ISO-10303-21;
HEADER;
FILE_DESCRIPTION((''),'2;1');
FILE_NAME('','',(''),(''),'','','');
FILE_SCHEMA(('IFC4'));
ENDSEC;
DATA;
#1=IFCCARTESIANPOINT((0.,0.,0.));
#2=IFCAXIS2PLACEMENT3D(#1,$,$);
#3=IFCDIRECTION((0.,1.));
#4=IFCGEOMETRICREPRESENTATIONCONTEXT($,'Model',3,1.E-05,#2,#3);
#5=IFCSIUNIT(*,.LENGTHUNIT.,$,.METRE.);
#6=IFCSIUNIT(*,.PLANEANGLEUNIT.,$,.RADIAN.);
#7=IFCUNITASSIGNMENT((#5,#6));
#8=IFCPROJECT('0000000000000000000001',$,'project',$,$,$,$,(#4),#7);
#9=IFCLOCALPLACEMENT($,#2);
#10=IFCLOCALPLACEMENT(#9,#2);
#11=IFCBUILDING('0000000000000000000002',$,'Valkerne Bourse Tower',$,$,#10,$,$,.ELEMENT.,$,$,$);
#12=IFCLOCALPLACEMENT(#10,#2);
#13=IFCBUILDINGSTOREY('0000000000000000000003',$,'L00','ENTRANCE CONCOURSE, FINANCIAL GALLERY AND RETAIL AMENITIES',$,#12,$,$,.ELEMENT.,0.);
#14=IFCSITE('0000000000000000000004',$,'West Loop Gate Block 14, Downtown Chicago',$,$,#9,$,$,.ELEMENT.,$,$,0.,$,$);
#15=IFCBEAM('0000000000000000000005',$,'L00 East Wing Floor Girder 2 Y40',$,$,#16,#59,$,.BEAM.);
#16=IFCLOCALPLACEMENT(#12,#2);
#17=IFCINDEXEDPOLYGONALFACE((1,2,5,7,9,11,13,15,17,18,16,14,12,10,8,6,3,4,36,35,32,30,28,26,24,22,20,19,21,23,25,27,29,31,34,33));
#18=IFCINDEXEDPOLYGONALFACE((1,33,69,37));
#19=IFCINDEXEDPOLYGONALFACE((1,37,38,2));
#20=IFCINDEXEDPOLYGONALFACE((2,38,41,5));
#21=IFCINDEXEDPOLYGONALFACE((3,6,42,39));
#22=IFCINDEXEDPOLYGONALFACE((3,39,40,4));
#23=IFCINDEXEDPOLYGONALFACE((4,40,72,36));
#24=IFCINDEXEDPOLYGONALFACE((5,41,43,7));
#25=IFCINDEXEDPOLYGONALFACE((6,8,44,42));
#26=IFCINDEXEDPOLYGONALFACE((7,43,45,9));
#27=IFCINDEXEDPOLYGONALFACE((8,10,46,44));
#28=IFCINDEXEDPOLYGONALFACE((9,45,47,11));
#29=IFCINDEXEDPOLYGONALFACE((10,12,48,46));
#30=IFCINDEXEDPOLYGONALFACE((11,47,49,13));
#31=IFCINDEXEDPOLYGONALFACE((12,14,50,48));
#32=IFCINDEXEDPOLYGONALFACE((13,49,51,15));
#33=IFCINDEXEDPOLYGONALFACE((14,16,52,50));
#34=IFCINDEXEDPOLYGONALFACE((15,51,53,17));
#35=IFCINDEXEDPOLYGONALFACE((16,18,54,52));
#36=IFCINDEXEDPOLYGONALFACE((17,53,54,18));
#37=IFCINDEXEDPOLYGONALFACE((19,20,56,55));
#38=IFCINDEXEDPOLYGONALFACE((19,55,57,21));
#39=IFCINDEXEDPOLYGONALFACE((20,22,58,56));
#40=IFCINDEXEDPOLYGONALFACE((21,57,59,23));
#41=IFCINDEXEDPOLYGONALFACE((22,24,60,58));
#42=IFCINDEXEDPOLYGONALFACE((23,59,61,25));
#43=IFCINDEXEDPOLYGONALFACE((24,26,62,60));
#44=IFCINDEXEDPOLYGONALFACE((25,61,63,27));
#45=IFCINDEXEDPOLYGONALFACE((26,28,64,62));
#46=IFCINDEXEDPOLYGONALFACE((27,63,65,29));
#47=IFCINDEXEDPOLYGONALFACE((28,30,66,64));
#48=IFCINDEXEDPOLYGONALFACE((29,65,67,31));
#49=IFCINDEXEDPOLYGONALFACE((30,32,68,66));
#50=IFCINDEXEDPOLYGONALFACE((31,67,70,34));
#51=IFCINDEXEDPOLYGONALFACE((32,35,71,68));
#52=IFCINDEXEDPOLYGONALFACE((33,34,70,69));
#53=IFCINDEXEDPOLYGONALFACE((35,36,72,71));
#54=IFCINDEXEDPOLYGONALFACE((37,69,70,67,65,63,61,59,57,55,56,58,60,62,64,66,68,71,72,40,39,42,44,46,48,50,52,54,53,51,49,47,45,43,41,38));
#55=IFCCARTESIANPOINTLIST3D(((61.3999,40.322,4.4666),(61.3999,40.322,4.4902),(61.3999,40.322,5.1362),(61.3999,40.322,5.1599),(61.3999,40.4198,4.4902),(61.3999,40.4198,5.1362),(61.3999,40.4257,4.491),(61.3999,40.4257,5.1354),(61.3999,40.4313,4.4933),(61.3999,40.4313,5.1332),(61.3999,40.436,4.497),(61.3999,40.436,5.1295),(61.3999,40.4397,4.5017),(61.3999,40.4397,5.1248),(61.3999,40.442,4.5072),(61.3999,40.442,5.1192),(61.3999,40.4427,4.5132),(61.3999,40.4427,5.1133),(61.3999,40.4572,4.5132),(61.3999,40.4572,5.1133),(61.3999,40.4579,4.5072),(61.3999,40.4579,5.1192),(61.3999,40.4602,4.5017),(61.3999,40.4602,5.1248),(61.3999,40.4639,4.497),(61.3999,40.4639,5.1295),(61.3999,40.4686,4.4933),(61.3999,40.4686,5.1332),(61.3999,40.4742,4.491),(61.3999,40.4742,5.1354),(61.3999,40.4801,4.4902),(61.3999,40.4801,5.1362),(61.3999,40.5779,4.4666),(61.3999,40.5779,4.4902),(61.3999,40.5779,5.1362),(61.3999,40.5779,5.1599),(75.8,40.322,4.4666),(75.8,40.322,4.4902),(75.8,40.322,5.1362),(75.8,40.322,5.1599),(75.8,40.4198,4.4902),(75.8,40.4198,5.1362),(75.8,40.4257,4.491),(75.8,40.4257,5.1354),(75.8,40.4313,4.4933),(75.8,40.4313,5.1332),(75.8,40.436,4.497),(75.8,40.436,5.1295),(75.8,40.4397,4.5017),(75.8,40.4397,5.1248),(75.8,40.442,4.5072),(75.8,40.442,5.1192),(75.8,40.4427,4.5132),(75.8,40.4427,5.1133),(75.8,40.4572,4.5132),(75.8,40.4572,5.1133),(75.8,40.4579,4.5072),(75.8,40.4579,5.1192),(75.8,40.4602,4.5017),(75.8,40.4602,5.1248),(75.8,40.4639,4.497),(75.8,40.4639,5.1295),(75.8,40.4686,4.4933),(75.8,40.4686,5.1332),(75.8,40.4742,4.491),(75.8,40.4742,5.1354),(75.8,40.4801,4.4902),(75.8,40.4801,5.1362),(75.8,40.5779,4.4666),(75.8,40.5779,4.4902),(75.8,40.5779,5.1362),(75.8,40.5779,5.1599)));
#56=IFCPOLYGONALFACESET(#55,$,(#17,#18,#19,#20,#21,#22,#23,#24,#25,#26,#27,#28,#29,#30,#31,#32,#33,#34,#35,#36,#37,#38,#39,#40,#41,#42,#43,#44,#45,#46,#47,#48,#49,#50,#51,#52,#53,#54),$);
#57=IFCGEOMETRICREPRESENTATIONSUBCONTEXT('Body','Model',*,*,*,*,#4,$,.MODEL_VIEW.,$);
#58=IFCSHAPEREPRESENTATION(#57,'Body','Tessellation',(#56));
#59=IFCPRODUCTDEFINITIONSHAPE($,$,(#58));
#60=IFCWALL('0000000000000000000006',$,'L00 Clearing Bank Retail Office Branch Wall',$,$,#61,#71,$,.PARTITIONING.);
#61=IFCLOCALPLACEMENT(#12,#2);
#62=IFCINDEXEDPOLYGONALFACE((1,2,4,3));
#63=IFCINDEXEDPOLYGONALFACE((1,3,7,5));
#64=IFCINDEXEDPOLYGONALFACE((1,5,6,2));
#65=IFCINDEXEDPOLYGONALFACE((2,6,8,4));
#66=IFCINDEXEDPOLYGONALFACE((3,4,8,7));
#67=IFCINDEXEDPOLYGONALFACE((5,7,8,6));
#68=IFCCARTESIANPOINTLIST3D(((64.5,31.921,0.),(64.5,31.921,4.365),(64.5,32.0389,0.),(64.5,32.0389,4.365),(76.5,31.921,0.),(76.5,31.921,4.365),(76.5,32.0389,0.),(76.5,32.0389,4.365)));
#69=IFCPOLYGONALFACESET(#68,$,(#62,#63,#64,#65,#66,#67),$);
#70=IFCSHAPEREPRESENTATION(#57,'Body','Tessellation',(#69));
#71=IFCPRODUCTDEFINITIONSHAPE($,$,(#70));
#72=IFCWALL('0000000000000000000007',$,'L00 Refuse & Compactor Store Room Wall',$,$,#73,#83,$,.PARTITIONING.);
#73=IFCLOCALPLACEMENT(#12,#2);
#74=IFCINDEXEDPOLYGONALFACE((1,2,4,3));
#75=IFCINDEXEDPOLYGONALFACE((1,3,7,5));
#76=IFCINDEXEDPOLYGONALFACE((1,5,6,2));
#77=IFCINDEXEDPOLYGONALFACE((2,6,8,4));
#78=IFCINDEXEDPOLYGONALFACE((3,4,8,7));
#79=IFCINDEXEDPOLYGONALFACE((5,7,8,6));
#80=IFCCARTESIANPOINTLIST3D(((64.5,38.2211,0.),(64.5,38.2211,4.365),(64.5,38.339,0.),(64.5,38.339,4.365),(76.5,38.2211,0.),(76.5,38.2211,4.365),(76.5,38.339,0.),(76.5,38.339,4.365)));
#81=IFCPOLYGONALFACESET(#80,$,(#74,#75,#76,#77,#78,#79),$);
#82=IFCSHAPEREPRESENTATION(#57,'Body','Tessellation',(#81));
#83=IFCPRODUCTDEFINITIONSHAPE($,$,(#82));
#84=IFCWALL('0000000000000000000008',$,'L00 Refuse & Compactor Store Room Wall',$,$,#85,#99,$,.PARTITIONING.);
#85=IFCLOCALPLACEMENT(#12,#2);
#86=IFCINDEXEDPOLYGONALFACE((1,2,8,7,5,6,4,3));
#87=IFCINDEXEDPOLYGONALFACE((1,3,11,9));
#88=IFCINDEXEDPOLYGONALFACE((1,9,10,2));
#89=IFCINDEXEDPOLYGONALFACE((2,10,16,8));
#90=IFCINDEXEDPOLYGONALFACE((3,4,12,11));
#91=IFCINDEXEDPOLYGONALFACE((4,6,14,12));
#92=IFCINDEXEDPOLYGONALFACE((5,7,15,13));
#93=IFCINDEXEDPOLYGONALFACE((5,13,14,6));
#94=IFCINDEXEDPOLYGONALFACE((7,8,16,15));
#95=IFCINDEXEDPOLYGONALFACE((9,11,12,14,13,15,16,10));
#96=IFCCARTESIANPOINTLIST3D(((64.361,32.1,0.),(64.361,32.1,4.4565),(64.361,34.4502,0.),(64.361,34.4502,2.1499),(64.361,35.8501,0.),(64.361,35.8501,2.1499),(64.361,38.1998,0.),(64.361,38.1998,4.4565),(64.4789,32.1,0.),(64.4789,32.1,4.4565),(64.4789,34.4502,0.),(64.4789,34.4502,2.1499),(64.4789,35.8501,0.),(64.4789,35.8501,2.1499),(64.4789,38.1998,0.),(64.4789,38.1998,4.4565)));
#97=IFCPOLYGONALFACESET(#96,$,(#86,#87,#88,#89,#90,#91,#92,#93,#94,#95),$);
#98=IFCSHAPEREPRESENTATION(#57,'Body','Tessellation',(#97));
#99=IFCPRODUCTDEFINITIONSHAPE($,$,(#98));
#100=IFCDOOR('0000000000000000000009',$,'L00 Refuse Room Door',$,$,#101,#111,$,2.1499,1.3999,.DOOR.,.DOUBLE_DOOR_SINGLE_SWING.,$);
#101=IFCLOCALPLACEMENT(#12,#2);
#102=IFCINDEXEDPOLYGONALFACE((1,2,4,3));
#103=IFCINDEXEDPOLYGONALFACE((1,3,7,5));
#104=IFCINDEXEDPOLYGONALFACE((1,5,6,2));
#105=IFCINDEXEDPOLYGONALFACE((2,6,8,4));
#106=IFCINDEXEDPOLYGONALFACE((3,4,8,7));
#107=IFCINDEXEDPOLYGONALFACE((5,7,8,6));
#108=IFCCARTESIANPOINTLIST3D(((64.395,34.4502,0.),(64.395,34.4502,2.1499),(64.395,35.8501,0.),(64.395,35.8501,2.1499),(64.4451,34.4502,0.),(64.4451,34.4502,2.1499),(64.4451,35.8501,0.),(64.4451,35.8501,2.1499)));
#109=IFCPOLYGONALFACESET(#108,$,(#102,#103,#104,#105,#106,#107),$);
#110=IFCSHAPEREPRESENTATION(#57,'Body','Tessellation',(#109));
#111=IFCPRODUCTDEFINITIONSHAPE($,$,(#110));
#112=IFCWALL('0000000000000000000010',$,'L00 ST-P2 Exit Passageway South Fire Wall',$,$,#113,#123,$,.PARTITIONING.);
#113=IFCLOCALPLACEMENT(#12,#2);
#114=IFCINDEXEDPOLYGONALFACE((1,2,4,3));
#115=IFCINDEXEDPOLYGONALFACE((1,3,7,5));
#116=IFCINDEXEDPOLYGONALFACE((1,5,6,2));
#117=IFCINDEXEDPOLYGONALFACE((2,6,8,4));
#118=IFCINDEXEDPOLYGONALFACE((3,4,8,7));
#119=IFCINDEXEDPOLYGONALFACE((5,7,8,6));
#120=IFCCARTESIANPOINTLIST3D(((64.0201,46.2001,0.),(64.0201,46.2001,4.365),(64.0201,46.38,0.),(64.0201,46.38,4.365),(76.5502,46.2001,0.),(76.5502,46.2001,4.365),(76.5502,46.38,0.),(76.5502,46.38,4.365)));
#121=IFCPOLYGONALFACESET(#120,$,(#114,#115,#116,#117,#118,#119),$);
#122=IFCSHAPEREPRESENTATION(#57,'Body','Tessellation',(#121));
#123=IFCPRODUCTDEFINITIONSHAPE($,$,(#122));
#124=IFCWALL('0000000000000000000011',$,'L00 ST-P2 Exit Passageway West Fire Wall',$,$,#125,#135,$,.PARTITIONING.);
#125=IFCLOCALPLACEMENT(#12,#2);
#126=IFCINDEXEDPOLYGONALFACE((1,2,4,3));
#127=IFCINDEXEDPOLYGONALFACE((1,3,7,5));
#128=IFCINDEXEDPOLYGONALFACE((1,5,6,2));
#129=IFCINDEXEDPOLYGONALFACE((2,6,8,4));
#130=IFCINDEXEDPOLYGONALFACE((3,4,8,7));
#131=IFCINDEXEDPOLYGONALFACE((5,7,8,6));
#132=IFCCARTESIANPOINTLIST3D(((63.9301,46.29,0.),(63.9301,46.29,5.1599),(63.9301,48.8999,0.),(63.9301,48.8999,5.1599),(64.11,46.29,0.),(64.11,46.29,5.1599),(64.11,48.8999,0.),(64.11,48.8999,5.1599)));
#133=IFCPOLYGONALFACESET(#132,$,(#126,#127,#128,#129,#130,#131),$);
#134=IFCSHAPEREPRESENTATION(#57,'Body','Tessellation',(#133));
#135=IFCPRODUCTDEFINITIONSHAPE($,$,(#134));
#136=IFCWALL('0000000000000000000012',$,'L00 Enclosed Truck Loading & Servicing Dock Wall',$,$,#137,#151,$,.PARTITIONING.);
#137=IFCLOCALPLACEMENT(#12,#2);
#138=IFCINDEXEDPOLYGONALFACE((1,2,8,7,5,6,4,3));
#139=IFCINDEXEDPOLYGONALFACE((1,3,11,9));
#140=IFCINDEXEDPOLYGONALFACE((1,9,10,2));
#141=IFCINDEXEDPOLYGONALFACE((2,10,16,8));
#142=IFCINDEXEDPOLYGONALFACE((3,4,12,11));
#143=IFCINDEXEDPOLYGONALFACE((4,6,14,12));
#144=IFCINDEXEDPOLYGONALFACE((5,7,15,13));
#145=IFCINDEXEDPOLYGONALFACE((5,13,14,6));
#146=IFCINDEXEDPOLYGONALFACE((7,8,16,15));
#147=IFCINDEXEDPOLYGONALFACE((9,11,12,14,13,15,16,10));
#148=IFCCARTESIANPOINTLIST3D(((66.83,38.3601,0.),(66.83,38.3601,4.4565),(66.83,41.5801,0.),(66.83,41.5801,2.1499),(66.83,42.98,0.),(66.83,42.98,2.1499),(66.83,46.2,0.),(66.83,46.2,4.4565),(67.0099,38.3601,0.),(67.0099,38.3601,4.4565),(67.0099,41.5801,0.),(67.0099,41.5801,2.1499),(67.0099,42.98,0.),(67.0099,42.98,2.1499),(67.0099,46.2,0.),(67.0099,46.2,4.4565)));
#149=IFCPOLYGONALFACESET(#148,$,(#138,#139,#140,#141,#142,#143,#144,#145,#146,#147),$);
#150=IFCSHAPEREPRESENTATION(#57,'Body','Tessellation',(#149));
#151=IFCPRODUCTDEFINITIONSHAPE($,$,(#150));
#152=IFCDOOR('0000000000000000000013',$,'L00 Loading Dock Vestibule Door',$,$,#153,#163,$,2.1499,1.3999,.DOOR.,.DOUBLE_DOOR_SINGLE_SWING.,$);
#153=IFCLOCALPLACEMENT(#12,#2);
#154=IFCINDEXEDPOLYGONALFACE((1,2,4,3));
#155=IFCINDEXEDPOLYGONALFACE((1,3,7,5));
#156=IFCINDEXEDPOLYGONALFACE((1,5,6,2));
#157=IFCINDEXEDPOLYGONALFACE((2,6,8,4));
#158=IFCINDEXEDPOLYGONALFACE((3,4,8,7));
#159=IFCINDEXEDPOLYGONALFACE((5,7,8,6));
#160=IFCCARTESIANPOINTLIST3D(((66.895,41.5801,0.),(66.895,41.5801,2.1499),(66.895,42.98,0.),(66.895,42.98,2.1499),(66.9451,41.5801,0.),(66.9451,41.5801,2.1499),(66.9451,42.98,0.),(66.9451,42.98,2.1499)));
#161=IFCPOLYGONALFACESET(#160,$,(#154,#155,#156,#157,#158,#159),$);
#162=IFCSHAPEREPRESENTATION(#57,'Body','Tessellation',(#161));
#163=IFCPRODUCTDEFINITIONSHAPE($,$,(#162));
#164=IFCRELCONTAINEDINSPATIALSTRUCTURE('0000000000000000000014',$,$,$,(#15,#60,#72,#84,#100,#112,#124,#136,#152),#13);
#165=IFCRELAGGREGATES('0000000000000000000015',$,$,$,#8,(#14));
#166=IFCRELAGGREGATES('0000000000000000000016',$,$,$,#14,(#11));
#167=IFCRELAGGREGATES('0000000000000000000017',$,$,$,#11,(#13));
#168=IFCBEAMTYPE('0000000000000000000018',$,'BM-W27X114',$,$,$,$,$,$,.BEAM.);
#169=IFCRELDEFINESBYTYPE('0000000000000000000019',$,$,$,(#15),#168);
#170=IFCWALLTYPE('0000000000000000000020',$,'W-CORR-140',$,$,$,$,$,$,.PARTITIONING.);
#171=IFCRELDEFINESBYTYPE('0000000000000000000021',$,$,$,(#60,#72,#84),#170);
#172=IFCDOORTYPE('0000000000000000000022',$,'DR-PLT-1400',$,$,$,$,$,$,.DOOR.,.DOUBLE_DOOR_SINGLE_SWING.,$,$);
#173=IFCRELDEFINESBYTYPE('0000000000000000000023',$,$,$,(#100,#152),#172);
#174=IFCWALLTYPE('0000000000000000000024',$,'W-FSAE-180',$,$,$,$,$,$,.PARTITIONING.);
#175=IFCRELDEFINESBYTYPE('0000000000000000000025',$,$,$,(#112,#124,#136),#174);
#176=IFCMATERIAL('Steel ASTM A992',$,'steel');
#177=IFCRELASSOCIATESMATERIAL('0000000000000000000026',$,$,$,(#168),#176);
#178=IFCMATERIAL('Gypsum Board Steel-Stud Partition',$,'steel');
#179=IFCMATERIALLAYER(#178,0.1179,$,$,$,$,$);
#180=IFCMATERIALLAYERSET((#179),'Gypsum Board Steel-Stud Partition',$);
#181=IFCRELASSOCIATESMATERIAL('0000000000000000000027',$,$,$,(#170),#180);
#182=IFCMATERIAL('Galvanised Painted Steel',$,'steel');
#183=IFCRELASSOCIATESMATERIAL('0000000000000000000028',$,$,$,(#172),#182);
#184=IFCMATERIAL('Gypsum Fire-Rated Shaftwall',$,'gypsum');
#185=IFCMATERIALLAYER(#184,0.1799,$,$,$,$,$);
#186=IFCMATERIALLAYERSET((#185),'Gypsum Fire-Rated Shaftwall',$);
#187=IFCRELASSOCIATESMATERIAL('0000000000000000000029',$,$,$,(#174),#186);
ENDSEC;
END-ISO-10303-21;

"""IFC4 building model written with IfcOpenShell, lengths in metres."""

from ifc_helpers import new_model, si_unit, direction, frame, frame_2d, origin, origin_2d, place, context, subcontext, project, spatial, rectangle, i_section, extrude, material, layer, layer_set, material_profile, profile_set, type_object, element, fill, save


model = new_model("IFC4")

# Units and contexts
model_context = context("Model", 3, precision=1e-05, world=origin(), true_north=direction((0.0, 1.0)))
body_context = subcontext(model_context, "Body", "Model", "MODEL_VIEW")
ifc_project = project(units=[si_unit("LENGTHUNIT", "METRE"), si_unit("PLANEANGLEUNIT", "RADIAN")], contexts=[model_context])

# Site, building, storey
site_placement = place(None, origin())
site = spatial("IfcSite", under=ifc_project, at=site_placement, Name="West Loop Gate Block 14, Downtown Chicago", CompositionType="ELEMENT", RefElevation=0.0)
building_placement = place(site_placement, origin())
building = spatial("IfcBuilding", under=site, at=building_placement, Name="Valkerne Bourse Tower", CompositionType="ELEMENT")
storey_placement = place(building_placement, origin())
storey = spatial("IfcBuildingStorey", under=building, at=storey_placement, Name="L00", Description="ENTRANCE CONCOURSE, FINANCIAL GALLERY AND RETAIL AMENITIES", CompositionType="ELEMENT", Elevation=0.0)

# Beam
ifc_material_1 = material(Name="Steel ASTM A992", Category="steel")
ifc_material_profile_1 = material_profile(ifc_material_1, i_section(OverallWidth=0.2559, OverallDepth=0.6934, WebThickness=0.0144, FlangeThickness=0.0237, FilletRadius=0.0229, at=origin_2d()), Name="W27X114")
ifc_profile_set_1 = profile_set([ifc_material_profile_1], Name="Steel ASTM A992")
beam_type = type_object("IfcBeamType", Name="BM-W27X114", PredefinedType="BEAM", material=ifc_profile_set_1)
beam_1_placement = place(storey_placement, frame((61.3999, 40.45, 4.8132), z_axis=(1.0, 0.0, 0.0), x_axis=(0.0, 1.0, 0.0)))
element("IfcBeam", 1, at=beam_1_placement, inside=storey, type_object=beam_type, Name="L00 East Wing Floor Girder 2 Y40", PredefinedType="BEAM", context=body_context, shape_type="SweptSolid", body=[
    extrude(i_section(OverallWidth=0.2559, OverallDepth=0.6934, WebThickness=0.0144, FlangeThickness=0.0237, FilletRadius=0.0229, at=origin_2d()), origin(), (0.0, 0.0, 1.0), 14.4001),
])

# Walls
ifc_material_2 = material(Name="Gypsum Board Steel-Stud Partition", Category="steel")
ifc_layer_1 = layer(ifc_material_2, 0.1179)
ifc_layer_set_1 = layer_set([ifc_layer_1], Name="Gypsum Board Steel-Stud Partition")
wall_type_1 = type_object("IfcWallType", Name="W-CORR-140", PredefinedType="PARTITIONING", material=ifc_layer_set_1)
for number, where, z_axis, x_axis, name in (
    (2, (64.5, 31.98, 0.0), (0.0, 0.0, 1.0), (1.0, 0.0, 0.0), "L00 Clearing Bank Retail Office Branch Wall"),
    (3, (64.5, 38.28, 0.0), (0.0, 0.0, 1.0), (1.0, 0.0, 0.0), "L00 Refuse & Compactor Store Room Wall"),
):
    element("IfcWall", number, at=place(storey_placement, frame(where, z_axis=z_axis, x_axis=x_axis)), inside=storey, type_object=wall_type_1, Name=name, PredefinedType="PARTITIONING", context=body_context, shape_type="SweptSolid", body=[
        extrude(rectangle(XDim=12.0, YDim=0.1179, at=frame_2d((6.0, 0.0))), origin(), (0.0, 0.0, 1.0), 4.365),
    ])

# Wall, opening, door
wall_1_placement = place(storey_placement, frame((64.4199, 32.1001, 0.0), z_axis=(0.0, 0.0, 1.0), x_axis=(0.0, 1.0, 0.0)))
wall_1 = element("IfcWall", 4, at=wall_1_placement, inside=storey, type_object=wall_type_1, Name="L00 Refuse & Compactor Store Room Wall", PredefinedType="PARTITIONING", context=body_context, shape_type="SweptSolid", body=[
    extrude(rectangle(XDim=6.0999, YDim=0.1179, at=frame_2d((3.0498, 0.0))), origin(), (0.0, 0.0, 1.0), 4.4565),
])
opening_1_placement = place(wall_1_placement, frame((2.3501, 0.0, 0.0)))
opening_1 = element("IfcOpeningElement", 5, at=opening_1_placement, cuts=wall_1, PredefinedType="OPENING", context=body_context, shape_type="SweptSolid", body=[
    extrude(rectangle(XDim=1.3999, YDim=2.1499, at=frame_2d((0.7, 1.075))), frame((0.0, 0.0688, 0.0), z_axis=(0.0, -1.0, 0.0), x_axis=(1.0, 0.0, 0.0)), (0.0, 0.0, 1.0), 0.1379),
])
ifc_material_3 = material(Name="Galvanised Painted Steel", Category="steel")
door_type_1 = type_object("IfcDoorType", Name="DR-PLT-1400", OperationType="DOUBLE_DOOR_SINGLE_SWING", PredefinedType="DOOR", material=ifc_material_3)
door_1_placement = place(opening_1_placement, origin())
door_1 = element("IfcDoor", 6, at=door_1_placement, inside=storey, type_object=door_type_1, Name="L00 Refuse Room Door", OperationType="DOUBLE_DOOR_SINGLE_SWING", OverallHeight=2.1499, OverallWidth=1.3999, PredefinedType="DOOR", context=body_context, shape_type="SweptSolid", body=[
    extrude(rectangle(XDim=1.3999, YDim=2.1499, at=frame_2d((0.7, 1.075))), frame((0.0, 0.0249, 0.0), z_axis=(0.0, -1.0, 0.0), x_axis=(1.0, 0.0, 0.0)), (0.0, 0.0, 1.0), 0.05),
])
fill(opening_1, door_1)

# Walls
ifc_material_4 = material(Name="Gypsum Fire-Rated Shaftwall", Category="gypsum")
ifc_layer_2 = layer(ifc_material_4, 0.1799)
ifc_layer_set_2 = layer_set([ifc_layer_2], Name="Gypsum Fire-Rated Shaftwall")
wall_type_2 = type_object("IfcWallType", Name="W-FSAE-180", PredefinedType="PARTITIONING", material=ifc_layer_set_2)
wall_2_placement = place(storey_placement, frame((64.02, 46.29, 0.0), z_axis=(0.0, 0.0, 1.0), x_axis=(1.0, 0.0, 0.0)))
element("IfcWall", 7, at=wall_2_placement, inside=storey, type_object=wall_type_2, Name="L00 ST-P2 Exit Passageway South Fire Wall", PredefinedType="PARTITIONING", context=body_context, shape_type="SweptSolid", body=[
    extrude(rectangle(XDim=12.53, YDim=0.1799, at=frame_2d((6.2651, 0.0))), origin(), (0.0, 0.0, 1.0), 4.365),
])
wall_3_placement = place(storey_placement, frame((64.02, 46.29, 0.0), z_axis=(0.0, 0.0, 1.0), x_axis=(0.0, 1.0, 0.0)))
element("IfcWall", 8, at=wall_3_placement, inside=storey, type_object=wall_type_2, Name="L00 ST-P2 Exit Passageway West Fire Wall", PredefinedType="PARTITIONING", context=body_context, shape_type="SweptSolid", body=[
    extrude(rectangle(XDim=2.6099, YDim=0.1799, at=frame_2d((1.3049, 0.0))), origin(), (0.0, 0.0, 1.0), 5.1599),
])

# Wall, opening, door
wall_4_placement = place(storey_placement, frame((66.9199, 38.3601, 0.0), z_axis=(0.0, 0.0, 1.0), x_axis=(0.0, 1.0, 0.0)))
wall_4 = element("IfcWall", 9, at=wall_4_placement, inside=storey, type_object=wall_type_2, Name="L00 Enclosed Truck Loading & Servicing Dock Wall", PredefinedType="PARTITIONING", context=body_context, shape_type="SweptSolid", body=[
    extrude(rectangle(XDim=7.8398, YDim=0.1799, at=frame_2d((3.9199, 0.0))), origin(), (0.0, 0.0, 1.0), 4.4565),
])
opening_2_placement = place(wall_4_placement, frame((3.22, 0.0, 0.0)))
opening_2 = element("IfcOpeningElement", 10, at=opening_2_placement, cuts=wall_4, PredefinedType="OPENING", context=body_context, shape_type="SweptSolid", body=[
    extrude(rectangle(XDim=1.3999, YDim=2.1499, at=frame_2d((0.7, 1.075))), frame((0.0, 0.0999, 0.0), z_axis=(0.0, -1.0, 0.0), x_axis=(1.0, 0.0, 0.0)), (0.0, 0.0, 1.0), 0.2),
])
door_2_placement = place(opening_2_placement, origin())
door_2 = element("IfcDoor", 11, at=door_2_placement, inside=storey, type_object=door_type_1, Name="L00 Loading Dock Vestibule Door", OperationType="DOUBLE_DOOR_SINGLE_SWING", OverallHeight=2.1499, OverallWidth=1.3999, PredefinedType="DOOR", context=body_context, shape_type="SweptSolid", body=[
    extrude(rectangle(XDim=1.3999, YDim=2.1499, at=frame_2d((0.7, 1.075))), frame((0.0, 0.0249, 0.0), z_axis=(0.0, -1.0, 0.0), x_axis=(1.0, 0.0, 0.0)), (0.0, 0.0, 1.0), 0.05),
])
fill(opening_2, door_2)

save(model, "model.ifc")
